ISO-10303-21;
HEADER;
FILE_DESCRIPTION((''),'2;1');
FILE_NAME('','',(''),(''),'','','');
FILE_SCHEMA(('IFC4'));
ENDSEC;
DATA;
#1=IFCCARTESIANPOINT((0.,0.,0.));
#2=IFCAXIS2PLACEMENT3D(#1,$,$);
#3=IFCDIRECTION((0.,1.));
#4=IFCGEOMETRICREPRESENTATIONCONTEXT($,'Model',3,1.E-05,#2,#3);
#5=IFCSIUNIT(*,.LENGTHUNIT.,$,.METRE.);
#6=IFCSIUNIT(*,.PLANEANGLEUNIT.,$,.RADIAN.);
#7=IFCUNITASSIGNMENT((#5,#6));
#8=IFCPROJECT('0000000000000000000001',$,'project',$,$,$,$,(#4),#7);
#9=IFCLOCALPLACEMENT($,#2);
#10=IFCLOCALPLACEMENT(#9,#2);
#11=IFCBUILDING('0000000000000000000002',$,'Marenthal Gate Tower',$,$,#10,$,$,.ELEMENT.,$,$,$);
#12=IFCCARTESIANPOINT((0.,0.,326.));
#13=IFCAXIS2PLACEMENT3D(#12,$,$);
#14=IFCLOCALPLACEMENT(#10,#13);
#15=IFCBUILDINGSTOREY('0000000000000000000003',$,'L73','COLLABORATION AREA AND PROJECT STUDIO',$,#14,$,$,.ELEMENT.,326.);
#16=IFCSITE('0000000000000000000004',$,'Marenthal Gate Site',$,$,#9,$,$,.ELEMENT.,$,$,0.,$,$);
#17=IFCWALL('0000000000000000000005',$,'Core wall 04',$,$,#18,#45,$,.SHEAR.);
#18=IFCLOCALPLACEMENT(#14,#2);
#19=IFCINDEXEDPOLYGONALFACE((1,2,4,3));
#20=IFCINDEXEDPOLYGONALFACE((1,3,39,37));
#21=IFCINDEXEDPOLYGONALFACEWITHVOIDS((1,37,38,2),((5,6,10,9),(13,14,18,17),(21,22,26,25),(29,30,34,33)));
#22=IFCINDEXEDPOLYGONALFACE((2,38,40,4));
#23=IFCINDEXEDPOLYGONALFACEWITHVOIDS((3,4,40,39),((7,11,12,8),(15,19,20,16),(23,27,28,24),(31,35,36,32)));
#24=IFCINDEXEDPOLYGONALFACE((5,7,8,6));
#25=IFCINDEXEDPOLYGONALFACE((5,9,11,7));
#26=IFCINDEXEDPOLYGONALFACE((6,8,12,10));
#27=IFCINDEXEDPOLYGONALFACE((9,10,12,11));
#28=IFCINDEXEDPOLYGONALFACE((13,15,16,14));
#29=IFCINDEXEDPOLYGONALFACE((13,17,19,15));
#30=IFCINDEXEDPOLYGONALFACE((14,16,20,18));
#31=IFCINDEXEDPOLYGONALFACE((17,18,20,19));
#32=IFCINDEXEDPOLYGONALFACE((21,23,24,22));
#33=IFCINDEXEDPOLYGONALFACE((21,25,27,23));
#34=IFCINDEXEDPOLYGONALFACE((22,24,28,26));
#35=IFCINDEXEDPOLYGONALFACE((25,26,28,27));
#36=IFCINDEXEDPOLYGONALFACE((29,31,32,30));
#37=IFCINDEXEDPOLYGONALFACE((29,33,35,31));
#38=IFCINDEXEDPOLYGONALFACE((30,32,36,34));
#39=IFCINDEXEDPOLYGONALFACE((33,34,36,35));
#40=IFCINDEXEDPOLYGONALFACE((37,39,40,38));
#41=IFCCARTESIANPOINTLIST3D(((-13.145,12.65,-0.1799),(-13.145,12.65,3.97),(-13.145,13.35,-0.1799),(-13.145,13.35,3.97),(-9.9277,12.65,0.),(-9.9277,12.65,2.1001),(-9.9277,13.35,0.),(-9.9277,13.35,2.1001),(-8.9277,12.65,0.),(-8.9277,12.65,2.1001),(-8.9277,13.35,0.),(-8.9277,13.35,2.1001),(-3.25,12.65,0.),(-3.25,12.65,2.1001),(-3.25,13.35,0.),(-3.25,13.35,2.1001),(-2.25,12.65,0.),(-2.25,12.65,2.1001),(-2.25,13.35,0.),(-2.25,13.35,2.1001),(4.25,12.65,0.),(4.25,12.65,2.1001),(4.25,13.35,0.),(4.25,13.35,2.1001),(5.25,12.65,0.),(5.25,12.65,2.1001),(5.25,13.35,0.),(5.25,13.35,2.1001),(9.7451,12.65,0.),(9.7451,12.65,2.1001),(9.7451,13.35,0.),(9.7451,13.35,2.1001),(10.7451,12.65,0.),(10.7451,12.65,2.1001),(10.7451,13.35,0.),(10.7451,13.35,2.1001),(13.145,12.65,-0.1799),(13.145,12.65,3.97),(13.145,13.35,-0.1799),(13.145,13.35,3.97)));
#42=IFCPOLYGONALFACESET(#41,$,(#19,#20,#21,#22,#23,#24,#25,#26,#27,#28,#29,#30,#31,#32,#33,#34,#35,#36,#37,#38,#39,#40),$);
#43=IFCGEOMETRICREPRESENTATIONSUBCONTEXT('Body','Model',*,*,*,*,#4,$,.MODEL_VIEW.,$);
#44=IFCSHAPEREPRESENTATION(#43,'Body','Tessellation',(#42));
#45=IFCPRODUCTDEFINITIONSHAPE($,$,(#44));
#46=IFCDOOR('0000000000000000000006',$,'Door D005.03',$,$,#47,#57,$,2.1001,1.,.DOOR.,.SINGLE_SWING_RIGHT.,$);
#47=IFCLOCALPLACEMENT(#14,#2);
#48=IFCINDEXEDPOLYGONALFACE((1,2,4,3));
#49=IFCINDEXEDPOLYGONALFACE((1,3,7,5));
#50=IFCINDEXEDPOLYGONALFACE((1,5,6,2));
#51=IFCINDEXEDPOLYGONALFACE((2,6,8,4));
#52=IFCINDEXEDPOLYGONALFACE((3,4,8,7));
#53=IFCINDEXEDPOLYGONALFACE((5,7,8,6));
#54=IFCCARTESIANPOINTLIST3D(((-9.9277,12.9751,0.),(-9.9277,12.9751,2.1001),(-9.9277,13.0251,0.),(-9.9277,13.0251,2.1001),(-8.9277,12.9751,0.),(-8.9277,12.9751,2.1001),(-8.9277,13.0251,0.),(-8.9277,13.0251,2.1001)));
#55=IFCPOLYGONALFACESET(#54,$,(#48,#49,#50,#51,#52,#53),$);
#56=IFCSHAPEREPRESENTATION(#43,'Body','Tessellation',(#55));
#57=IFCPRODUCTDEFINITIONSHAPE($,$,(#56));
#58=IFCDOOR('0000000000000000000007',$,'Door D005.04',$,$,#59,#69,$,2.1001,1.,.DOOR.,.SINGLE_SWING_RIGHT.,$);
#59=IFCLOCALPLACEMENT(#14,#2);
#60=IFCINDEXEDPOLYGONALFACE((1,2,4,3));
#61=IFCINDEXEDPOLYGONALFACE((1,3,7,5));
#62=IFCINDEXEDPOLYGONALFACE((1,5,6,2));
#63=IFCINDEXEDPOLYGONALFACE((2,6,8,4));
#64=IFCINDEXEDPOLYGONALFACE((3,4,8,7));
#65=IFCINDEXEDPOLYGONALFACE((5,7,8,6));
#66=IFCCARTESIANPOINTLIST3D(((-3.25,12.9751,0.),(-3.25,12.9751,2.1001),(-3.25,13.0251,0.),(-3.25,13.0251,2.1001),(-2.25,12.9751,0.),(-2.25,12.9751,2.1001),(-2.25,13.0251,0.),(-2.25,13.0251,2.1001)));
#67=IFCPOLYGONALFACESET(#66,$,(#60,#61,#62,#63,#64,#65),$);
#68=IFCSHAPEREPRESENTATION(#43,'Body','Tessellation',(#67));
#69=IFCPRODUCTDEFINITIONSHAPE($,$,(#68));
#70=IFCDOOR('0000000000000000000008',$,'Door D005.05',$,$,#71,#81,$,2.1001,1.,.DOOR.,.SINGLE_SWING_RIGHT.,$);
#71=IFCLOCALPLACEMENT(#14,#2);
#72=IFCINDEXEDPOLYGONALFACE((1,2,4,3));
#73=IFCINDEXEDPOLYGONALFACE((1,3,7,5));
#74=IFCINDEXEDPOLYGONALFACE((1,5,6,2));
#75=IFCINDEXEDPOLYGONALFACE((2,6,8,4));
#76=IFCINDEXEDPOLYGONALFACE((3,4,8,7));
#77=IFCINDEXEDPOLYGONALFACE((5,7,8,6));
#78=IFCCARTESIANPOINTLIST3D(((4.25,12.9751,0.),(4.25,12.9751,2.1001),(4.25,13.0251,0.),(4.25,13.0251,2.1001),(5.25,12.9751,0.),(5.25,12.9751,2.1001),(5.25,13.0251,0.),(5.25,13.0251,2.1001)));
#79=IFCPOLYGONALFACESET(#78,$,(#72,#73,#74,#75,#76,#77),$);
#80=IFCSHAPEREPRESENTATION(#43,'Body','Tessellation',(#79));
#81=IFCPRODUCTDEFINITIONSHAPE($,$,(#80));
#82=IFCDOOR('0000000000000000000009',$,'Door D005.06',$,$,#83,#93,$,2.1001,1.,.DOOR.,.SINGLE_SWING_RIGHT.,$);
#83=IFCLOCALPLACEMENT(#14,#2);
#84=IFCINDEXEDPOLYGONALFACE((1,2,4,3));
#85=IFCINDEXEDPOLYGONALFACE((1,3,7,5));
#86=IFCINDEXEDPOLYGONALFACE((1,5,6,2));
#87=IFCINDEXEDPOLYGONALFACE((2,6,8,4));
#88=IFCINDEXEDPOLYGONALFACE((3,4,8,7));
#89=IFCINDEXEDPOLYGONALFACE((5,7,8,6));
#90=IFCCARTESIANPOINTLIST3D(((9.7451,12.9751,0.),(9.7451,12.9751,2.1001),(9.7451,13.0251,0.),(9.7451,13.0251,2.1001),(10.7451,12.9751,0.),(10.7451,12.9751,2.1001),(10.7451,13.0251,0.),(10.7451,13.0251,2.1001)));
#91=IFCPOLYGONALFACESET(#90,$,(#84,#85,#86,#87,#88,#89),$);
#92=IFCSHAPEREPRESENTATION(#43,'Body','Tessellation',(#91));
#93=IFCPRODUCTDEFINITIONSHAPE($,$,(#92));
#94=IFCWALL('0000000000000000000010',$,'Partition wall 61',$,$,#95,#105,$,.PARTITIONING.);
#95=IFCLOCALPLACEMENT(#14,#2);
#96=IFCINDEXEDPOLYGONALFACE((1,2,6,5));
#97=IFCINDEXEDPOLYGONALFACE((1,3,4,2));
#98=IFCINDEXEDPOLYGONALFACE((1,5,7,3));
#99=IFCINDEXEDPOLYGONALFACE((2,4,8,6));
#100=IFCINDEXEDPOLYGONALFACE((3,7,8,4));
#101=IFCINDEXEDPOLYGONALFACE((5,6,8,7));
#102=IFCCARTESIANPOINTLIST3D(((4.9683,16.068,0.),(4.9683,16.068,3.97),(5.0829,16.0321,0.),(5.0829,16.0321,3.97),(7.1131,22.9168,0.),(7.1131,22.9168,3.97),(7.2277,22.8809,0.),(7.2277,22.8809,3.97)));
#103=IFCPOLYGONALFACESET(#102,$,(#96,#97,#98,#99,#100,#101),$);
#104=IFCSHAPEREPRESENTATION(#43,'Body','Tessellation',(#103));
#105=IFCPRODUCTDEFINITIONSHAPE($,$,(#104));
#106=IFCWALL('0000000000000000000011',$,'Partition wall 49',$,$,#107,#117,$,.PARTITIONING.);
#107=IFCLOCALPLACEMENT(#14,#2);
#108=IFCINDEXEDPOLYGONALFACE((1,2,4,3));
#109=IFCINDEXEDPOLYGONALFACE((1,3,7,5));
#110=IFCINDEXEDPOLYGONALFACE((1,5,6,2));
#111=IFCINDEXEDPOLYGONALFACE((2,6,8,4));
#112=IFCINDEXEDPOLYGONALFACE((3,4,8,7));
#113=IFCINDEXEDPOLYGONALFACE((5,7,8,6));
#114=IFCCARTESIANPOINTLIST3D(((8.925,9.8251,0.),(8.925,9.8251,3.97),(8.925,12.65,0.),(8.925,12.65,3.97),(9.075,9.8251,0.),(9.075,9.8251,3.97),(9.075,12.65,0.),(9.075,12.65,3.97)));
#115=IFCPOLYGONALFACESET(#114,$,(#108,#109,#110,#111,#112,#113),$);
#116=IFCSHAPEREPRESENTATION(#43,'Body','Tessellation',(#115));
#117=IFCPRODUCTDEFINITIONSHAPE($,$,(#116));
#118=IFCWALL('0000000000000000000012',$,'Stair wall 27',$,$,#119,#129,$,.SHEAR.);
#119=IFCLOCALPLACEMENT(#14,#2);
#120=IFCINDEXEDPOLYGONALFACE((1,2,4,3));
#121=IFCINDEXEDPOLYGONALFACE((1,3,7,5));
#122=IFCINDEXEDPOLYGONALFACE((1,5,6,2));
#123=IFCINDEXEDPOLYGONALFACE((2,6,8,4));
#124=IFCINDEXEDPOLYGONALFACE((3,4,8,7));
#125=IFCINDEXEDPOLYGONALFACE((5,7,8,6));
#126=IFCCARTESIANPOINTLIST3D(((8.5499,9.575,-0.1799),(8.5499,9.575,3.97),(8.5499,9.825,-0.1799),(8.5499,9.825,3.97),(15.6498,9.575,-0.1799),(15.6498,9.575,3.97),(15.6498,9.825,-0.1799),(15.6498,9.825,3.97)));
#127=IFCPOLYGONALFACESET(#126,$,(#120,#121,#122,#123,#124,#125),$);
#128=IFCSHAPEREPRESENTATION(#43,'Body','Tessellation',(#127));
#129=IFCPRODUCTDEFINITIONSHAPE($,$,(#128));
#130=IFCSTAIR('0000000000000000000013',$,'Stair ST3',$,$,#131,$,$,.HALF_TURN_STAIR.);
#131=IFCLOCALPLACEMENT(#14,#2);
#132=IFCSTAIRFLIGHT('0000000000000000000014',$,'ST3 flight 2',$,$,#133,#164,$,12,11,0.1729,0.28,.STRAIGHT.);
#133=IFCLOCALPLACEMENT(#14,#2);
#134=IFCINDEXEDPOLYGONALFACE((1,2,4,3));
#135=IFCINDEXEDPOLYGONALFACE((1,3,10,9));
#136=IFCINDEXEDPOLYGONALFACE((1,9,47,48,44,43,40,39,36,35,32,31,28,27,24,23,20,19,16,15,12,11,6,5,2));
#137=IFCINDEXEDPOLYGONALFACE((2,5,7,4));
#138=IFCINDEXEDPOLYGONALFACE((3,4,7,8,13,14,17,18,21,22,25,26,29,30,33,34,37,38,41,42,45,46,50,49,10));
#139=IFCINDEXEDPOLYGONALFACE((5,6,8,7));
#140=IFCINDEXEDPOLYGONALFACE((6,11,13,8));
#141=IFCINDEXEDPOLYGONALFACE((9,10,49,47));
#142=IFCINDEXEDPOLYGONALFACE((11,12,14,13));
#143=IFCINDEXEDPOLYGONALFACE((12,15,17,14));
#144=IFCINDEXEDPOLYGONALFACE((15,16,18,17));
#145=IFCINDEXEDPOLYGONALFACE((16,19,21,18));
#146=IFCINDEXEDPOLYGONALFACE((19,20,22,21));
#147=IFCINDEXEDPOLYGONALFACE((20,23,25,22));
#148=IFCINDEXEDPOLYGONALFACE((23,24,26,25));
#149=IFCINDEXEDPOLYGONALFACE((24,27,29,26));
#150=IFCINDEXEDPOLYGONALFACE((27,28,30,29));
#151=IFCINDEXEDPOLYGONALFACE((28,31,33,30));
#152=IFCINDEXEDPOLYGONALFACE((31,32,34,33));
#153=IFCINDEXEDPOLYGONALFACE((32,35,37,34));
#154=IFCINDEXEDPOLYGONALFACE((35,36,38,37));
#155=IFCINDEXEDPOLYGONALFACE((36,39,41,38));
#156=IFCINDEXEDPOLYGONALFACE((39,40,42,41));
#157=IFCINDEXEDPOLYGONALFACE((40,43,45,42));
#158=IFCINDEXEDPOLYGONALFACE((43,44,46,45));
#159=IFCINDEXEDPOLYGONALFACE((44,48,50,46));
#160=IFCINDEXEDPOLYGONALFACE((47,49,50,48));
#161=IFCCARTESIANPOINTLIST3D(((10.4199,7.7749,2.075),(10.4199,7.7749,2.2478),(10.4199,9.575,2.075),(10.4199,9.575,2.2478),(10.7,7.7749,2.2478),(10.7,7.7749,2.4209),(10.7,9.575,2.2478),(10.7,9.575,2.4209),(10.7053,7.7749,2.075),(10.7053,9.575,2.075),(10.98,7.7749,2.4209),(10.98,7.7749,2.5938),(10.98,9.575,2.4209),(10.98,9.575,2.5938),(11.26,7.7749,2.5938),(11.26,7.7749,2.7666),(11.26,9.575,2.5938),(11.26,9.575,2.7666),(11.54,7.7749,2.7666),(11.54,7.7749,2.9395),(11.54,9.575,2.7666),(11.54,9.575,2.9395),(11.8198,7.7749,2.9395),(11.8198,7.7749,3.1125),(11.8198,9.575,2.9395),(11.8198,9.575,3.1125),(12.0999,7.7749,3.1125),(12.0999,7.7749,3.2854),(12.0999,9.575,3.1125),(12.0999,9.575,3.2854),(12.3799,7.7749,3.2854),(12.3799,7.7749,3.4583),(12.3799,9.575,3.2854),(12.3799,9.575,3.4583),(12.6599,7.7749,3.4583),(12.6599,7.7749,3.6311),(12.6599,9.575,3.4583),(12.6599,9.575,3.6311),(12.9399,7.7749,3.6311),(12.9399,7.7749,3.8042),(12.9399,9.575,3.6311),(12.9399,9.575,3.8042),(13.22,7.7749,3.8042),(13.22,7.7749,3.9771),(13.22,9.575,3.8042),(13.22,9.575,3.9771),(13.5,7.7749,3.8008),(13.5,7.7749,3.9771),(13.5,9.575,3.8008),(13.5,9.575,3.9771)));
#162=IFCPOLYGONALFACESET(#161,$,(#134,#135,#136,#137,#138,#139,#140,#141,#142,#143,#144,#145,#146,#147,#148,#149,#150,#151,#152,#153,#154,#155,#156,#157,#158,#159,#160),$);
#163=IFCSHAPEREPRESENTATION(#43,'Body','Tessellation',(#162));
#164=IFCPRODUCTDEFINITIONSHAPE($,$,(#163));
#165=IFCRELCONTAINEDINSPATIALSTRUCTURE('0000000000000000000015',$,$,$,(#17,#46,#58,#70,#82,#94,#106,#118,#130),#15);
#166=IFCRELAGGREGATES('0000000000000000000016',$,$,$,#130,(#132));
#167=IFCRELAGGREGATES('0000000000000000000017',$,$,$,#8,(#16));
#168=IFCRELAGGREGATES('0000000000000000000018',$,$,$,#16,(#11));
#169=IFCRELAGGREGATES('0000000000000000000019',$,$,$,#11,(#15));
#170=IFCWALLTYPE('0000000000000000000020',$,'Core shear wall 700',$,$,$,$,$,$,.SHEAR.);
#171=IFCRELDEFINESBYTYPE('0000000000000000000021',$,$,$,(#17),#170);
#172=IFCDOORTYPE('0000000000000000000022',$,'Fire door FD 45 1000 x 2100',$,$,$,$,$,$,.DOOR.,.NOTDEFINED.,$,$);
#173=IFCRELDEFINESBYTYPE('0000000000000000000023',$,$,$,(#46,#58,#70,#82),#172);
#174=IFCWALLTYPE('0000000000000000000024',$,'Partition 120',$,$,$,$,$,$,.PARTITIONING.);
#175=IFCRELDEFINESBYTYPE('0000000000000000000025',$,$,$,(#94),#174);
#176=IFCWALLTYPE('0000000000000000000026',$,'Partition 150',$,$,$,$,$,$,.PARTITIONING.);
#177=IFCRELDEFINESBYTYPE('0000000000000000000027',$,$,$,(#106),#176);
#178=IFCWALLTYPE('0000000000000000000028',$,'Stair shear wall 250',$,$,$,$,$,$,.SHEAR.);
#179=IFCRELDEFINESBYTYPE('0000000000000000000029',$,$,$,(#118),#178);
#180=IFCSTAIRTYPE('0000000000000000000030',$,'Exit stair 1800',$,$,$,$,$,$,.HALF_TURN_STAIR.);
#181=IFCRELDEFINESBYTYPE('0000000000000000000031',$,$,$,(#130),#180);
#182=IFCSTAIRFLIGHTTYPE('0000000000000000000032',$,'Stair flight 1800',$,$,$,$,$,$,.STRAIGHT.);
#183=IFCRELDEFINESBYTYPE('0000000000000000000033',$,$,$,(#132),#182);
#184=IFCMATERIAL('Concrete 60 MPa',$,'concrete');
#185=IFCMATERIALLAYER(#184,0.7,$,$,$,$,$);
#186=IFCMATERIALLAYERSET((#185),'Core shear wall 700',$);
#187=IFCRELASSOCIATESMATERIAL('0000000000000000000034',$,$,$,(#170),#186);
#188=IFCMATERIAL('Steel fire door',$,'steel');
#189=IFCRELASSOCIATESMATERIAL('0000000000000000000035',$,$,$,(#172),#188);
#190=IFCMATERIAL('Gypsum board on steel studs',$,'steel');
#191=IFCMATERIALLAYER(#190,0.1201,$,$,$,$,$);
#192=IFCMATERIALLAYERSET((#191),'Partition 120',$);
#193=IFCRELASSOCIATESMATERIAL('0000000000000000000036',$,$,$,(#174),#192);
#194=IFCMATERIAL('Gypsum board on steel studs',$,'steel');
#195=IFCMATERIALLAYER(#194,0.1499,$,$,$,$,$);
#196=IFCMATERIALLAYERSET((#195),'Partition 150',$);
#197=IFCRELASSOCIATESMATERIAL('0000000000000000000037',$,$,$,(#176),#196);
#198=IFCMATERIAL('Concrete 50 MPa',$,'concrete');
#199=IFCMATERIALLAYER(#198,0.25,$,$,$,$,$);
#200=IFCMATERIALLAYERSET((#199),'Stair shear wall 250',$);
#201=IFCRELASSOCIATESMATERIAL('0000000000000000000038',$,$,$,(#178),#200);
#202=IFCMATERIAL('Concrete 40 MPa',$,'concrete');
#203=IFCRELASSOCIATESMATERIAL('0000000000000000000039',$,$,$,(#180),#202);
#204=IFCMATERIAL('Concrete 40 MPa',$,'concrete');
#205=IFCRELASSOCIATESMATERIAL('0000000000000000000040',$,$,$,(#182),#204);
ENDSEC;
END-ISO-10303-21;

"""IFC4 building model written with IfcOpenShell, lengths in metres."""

from ifc_helpers import new_model, si_unit, direction, frame, frame_2d, origin, place, context, subcontext, project, spatial, polyline, rectangle, outline, extrude, material, layer, layer_set, type_object, element, fill, aggregate, save


model = new_model("IFC4")

# Units and contexts
model_context = context("Model", 3, precision=1e-05, world=origin(), true_north=direction((0.0, 1.0)))
body_context = subcontext(model_context, "Body", "Model", "MODEL_VIEW")
ifc_project = project(units=[si_unit("LENGTHUNIT", "METRE"), si_unit("PLANEANGLEUNIT", "RADIAN")], contexts=[model_context])

# Site, building, storey
site_placement = place(None, origin())
site = spatial("IfcSite", under=ifc_project, at=site_placement, Name="Marenthal Gate Site", CompositionType="ELEMENT", RefElevation=0.0)
building_placement = place(site_placement, origin())
building = spatial("IfcBuilding", under=site, at=building_placement, Name="Marenthal Gate Tower", CompositionType="ELEMENT")
storey_placement = place(building_placement, frame((0.0, 0.0, 326.0)))
storey = spatial("IfcBuildingStorey", under=building, at=storey_placement, Name="L73", Description="COLLABORATION AREA AND PROJECT STUDIO", CompositionType="ELEMENT", Elevation=326.0)

# Wall, openings, doors
ifc_material_1 = material(Name="Concrete 60 MPa", Category="concrete")
ifc_layer_1 = layer(ifc_material_1, 0.7)
ifc_layer_set_1 = layer_set([ifc_layer_1], Name="Core shear wall 700")
wall_type_1 = type_object("IfcWallType", Name="Core shear wall 700", PredefinedType="SHEAR", material=ifc_layer_set_1)
wall_1_placement = place(storey_placement, frame((13.145, 13.0, -0.1799), z_axis=(0.0, 0.0, 1.0), x_axis=(-1.0, 0.0, 0.0)))
wall_1 = element("IfcWall", 1, at=wall_1_placement, inside=storey, type_object=wall_type_1, Name="Core wall 04", PredefinedType="SHEAR", context=body_context, shape_type="SweptSolid", body=[
    extrude(rectangle(XDim=26.29, YDim=0.7, at=frame_2d((13.145, 0.0))), origin(), (0.0, 0.0, 1.0), 4.1499),
])
opening_1_placement = place(wall_1_placement, frame((22.0728, 0.0, 0.1799)))
opening_1 = element("IfcOpeningElement", 2, at=opening_1_placement, cuts=wall_1, PredefinedType="OPENING", context=body_context, shape_type="SweptSolid", body=[
    extrude(rectangle(XDim=1.0, YDim=2.1001, at=frame_2d((0.5, 1.05))), frame((0.0, 0.3599, 0.0), z_axis=(0.0, -1.0, 0.0), x_axis=(1.0, 0.0, 0.0)), (0.0, 0.0, 1.0), 0.72),
])
opening_2_placement = place(wall_1_placement, frame((15.395, 0.0, 0.1799)))
opening_2 = element("IfcOpeningElement", 3, at=opening_2_placement, cuts=wall_1, PredefinedType="OPENING", context=body_context, shape_type="SweptSolid", body=[
    extrude(rectangle(XDim=1.0, YDim=2.1001, at=frame_2d((0.5, 1.05))), frame((0.0, 0.3599, 0.0), z_axis=(0.0, -1.0, 0.0), x_axis=(1.0, 0.0, 0.0)), (0.0, 0.0, 1.0), 0.72),
])
opening_3_placement = place(wall_1_placement, frame((7.895, 0.0, 0.1799)))
opening_3 = element("IfcOpeningElement", 4, at=opening_3_placement, cuts=wall_1, PredefinedType="OPENING", context=body_context, shape_type="SweptSolid", body=[
    extrude(rectangle(XDim=1.0, YDim=2.1001, at=frame_2d((0.5, 1.05))), frame((0.0, 0.3599, 0.0), z_axis=(0.0, -1.0, 0.0), x_axis=(1.0, 0.0, 0.0)), (0.0, 0.0, 1.0), 0.72),
])
opening_4_placement = place(wall_1_placement, frame((2.3999, 0.0, 0.1799)))
opening_4 = element("IfcOpeningElement", 5, at=opening_4_placement, cuts=wall_1, PredefinedType="OPENING", context=body_context, shape_type="SweptSolid", body=[
    extrude(rectangle(XDim=1.0, YDim=2.1001, at=frame_2d((0.5, 1.05))), frame((0.0, 0.3599, 0.0), z_axis=(0.0, -1.0, 0.0), x_axis=(1.0, 0.0, 0.0)), (0.0, 0.0, 1.0), 0.72),
])
ifc_material_2 = material(Name="Steel fire door", Category="steel")
door_type = type_object("IfcDoorType", Name="Fire door FD 45 1000 x 2100", OperationType="NOTDEFINED", PredefinedType="DOOR", material=ifc_material_2)
door_1_placement = place(opening_1_placement, origin())
door_1 = element("IfcDoor", 6, at=door_1_placement, inside=storey, type_object=door_type, Name="Door D005.03", OperationType="SINGLE_SWING_RIGHT", OverallHeight=2.1001, OverallWidth=1.0, PredefinedType="DOOR", context=body_context, shape_type="SweptSolid", body=[
    extrude(rectangle(XDim=1.0, YDim=2.1001, at=frame_2d((0.5, 1.05))), frame((0.0, 0.0249, 0.0), z_axis=(0.0, -1.0, 0.0), x_axis=(1.0, 0.0, 0.0)), (0.0, 0.0, 1.0), 0.05),
])
fill(opening_1, door_1)
door_2_placement = place(opening_2_placement, origin())
door_2 = element("IfcDoor", 7, at=door_2_placement, inside=storey, type_object=door_type, Name="Door D005.04", OperationType="SINGLE_SWING_RIGHT", OverallHeight=2.1001, OverallWidth=1.0, PredefinedType="DOOR", context=body_context, shape_type="SweptSolid", body=[
    extrude(rectangle(XDim=1.0, YDim=2.1001, at=frame_2d((0.5, 1.05))), frame((0.0, 0.0249, 0.0), z_axis=(0.0, -1.0, 0.0), x_axis=(1.0, 0.0, 0.0)), (0.0, 0.0, 1.0), 0.05),
])
fill(opening_2, door_2)
door_3_placement = place(opening_3_placement, origin())
door_3 = element("IfcDoor", 8, at=door_3_placement, inside=storey, type_object=door_type, Name="Door D005.05", OperationType="SINGLE_SWING_RIGHT", OverallHeight=2.1001, OverallWidth=1.0, PredefinedType="DOOR", context=body_context, shape_type="SweptSolid", body=[
    extrude(rectangle(XDim=1.0, YDim=2.1001, at=frame_2d((0.5, 1.05))), frame((0.0, 0.0249, 0.0), z_axis=(0.0, -1.0, 0.0), x_axis=(1.0, 0.0, 0.0)), (0.0, 0.0, 1.0), 0.05),
])
fill(opening_3, door_3)
door_4_placement = place(opening_4_placement, origin())
door_4 = element("IfcDoor", 9, at=door_4_placement, inside=storey, type_object=door_type, Name="Door D005.06", OperationType="SINGLE_SWING_RIGHT", OverallHeight=2.1001, OverallWidth=1.0, PredefinedType="DOOR", context=body_context, shape_type="SweptSolid", body=[
    extrude(rectangle(XDim=1.0, YDim=2.1001, at=frame_2d((0.5, 1.05))), frame((0.0, 0.0249, 0.0), z_axis=(0.0, -1.0, 0.0), x_axis=(1.0, 0.0, 0.0)), (0.0, 0.0, 1.0), 0.05),
])
fill(opening_4, door_4)

# Walls
ifc_material_3 = material(Name="Gypsum board on steel studs", Category="steel")
ifc_layer_2 = layer(ifc_material_3, 0.1201)
ifc_layer_set_2 = layer_set([ifc_layer_2], Name="Partition 120")
wall_type_2 = type_object("IfcWallType", Name="Partition 120", PredefinedType="PARTITIONING", material=ifc_layer_set_2)
wall_2_placement = place(storey_placement, frame((5.0256, 16.05, 0.0), z_axis=(0.0, 0.0, 1.0), x_axis=(0.298846, 0.954301, 0.0)))
element("IfcWall", 10, at=wall_2_placement, inside=storey, type_object=wall_type_2, Name="Partition wall 61", PredefinedType="PARTITIONING", context=body_context, shape_type="SweptSolid", body=[
    extrude(rectangle(XDim=7.1768, YDim=0.1201, at=frame_2d((3.5884, 0.0))), origin(), (0.0, 0.0, 1.0), 3.97),
])
ifc_material_4 = material(Name="Gypsum board on steel studs", Category="steel")
ifc_layer_3 = layer(ifc_material_4, 0.1499)
ifc_layer_set_3 = layer_set([ifc_layer_3], Name="Partition 150")
wall_type_3 = type_object("IfcWallType", Name="Partition 150", PredefinedType="PARTITIONING", material=ifc_layer_set_3)
wall_3_placement = place(storey_placement, frame((9.0, 9.825, 0.0), z_axis=(0.0, 0.0, 1.0), x_axis=(0.0, 1.0, 0.0)))
element("IfcWall", 11, at=wall_3_placement, inside=storey, type_object=wall_type_3, Name="Partition wall 49", PredefinedType="PARTITIONING", context=body_context, shape_type="SweptSolid", body=[
    extrude(rectangle(XDim=2.825, YDim=0.1499, at=frame_2d((1.4126, 0.0))), origin(), (0.0, 0.0, 1.0), 3.97),
])
ifc_material_5 = material(Name="Concrete 50 MPa", Category="concrete")
ifc_layer_4 = layer(ifc_material_5, 0.25)
ifc_layer_set_4 = layer_set([ifc_layer_4], Name="Stair shear wall 250")
wall_type_4 = type_object("IfcWallType", Name="Stair shear wall 250", PredefinedType="SHEAR", material=ifc_layer_set_4)
wall_4_placement = place(storey_placement, frame((8.55, 9.7, -0.1799), z_axis=(0.0, 0.0, 1.0), x_axis=(1.0, 0.0, 0.0)))
element("IfcWall", 12, at=wall_4_placement, inside=storey, type_object=wall_type_4, Name="Stair wall 27", PredefinedType="SHEAR", context=body_context, shape_type="SweptSolid", body=[
    extrude(rectangle(XDim=7.0999, YDim=0.25, at=frame_2d((3.5498, 0.0))), origin(), (0.0, 0.0, 1.0), 4.1499),
])

# Stair, stair flight
ifc_material_6 = material(Name="Concrete 40 MPa", Category="concrete")
stair_type = type_object("IfcStairType", Name="Exit stair 1800", PredefinedType="HALF_TURN_STAIR", material=ifc_material_6)
stair_placement = place(storey_placement, origin())
stair = element("IfcStair", 13, at=stair_placement, inside=storey, type_object=stair_type, Name="Stair ST3", PredefinedType="HALF_TURN_STAIR")
ifc_material_7 = material(Name="Concrete 40 MPa", Category="concrete")
stair_flight_type = type_object("IfcStairFlightType", Name="Stair flight 1800", PredefinedType="STRAIGHT", material=ifc_material_7)
stair_flight_placement = place(storey_placement, frame((10.4199, 8.675, 2.075), z_axis=(0.0, 0.0, 1.0), x_axis=(1.0, 0.0, 0.0)))
stair_flight = element("IfcStairFlight", 14, at=stair_flight_placement, type_object=stair_flight_type, Name="ST3 flight 2", NumberOfRisers=12, NumberOfTreads=11, PredefinedType="STRAIGHT", RiserHeight=0.1729, TreadLength=0.28, context=body_context, shape_type="SweptSolid", body=[
    extrude(outline(polyline([(0.0, 0.0), (0.0, 0.1729), (0.28, 0.1729), (0.28, 0.3459), (0.5601, 0.3459), (0.5601, 0.5188), (0.8401, 0.5188), (0.8401, 0.6917), (1.1201, 0.6917), (1.1201, 0.8645), (1.3999, 0.8645), (1.3999, 1.0376), (1.6799, 1.0376), (1.6799, 1.2104), (1.96, 1.2104), (1.96, 1.3833), (2.24, 1.3833), (2.24, 1.5562), (2.52, 1.5562), (2.52, 1.7292), (2.8, 1.7292), (2.8, 1.9021), (3.0801, 1.9021), (3.0801, 2.075), (3.0801, 1.7258), (0.2854, 0.0), (0.0, 0.0)])), frame((0.0, 0.8999, 0.0), z_axis=(0.0, -1.0, 0.0), x_axis=(1.0, 0.0, 0.0)), (0.0, 0.0, 1.0), 1.8),
])
aggregate(stair, [stair_flight])

save(model, "model.ifc")
